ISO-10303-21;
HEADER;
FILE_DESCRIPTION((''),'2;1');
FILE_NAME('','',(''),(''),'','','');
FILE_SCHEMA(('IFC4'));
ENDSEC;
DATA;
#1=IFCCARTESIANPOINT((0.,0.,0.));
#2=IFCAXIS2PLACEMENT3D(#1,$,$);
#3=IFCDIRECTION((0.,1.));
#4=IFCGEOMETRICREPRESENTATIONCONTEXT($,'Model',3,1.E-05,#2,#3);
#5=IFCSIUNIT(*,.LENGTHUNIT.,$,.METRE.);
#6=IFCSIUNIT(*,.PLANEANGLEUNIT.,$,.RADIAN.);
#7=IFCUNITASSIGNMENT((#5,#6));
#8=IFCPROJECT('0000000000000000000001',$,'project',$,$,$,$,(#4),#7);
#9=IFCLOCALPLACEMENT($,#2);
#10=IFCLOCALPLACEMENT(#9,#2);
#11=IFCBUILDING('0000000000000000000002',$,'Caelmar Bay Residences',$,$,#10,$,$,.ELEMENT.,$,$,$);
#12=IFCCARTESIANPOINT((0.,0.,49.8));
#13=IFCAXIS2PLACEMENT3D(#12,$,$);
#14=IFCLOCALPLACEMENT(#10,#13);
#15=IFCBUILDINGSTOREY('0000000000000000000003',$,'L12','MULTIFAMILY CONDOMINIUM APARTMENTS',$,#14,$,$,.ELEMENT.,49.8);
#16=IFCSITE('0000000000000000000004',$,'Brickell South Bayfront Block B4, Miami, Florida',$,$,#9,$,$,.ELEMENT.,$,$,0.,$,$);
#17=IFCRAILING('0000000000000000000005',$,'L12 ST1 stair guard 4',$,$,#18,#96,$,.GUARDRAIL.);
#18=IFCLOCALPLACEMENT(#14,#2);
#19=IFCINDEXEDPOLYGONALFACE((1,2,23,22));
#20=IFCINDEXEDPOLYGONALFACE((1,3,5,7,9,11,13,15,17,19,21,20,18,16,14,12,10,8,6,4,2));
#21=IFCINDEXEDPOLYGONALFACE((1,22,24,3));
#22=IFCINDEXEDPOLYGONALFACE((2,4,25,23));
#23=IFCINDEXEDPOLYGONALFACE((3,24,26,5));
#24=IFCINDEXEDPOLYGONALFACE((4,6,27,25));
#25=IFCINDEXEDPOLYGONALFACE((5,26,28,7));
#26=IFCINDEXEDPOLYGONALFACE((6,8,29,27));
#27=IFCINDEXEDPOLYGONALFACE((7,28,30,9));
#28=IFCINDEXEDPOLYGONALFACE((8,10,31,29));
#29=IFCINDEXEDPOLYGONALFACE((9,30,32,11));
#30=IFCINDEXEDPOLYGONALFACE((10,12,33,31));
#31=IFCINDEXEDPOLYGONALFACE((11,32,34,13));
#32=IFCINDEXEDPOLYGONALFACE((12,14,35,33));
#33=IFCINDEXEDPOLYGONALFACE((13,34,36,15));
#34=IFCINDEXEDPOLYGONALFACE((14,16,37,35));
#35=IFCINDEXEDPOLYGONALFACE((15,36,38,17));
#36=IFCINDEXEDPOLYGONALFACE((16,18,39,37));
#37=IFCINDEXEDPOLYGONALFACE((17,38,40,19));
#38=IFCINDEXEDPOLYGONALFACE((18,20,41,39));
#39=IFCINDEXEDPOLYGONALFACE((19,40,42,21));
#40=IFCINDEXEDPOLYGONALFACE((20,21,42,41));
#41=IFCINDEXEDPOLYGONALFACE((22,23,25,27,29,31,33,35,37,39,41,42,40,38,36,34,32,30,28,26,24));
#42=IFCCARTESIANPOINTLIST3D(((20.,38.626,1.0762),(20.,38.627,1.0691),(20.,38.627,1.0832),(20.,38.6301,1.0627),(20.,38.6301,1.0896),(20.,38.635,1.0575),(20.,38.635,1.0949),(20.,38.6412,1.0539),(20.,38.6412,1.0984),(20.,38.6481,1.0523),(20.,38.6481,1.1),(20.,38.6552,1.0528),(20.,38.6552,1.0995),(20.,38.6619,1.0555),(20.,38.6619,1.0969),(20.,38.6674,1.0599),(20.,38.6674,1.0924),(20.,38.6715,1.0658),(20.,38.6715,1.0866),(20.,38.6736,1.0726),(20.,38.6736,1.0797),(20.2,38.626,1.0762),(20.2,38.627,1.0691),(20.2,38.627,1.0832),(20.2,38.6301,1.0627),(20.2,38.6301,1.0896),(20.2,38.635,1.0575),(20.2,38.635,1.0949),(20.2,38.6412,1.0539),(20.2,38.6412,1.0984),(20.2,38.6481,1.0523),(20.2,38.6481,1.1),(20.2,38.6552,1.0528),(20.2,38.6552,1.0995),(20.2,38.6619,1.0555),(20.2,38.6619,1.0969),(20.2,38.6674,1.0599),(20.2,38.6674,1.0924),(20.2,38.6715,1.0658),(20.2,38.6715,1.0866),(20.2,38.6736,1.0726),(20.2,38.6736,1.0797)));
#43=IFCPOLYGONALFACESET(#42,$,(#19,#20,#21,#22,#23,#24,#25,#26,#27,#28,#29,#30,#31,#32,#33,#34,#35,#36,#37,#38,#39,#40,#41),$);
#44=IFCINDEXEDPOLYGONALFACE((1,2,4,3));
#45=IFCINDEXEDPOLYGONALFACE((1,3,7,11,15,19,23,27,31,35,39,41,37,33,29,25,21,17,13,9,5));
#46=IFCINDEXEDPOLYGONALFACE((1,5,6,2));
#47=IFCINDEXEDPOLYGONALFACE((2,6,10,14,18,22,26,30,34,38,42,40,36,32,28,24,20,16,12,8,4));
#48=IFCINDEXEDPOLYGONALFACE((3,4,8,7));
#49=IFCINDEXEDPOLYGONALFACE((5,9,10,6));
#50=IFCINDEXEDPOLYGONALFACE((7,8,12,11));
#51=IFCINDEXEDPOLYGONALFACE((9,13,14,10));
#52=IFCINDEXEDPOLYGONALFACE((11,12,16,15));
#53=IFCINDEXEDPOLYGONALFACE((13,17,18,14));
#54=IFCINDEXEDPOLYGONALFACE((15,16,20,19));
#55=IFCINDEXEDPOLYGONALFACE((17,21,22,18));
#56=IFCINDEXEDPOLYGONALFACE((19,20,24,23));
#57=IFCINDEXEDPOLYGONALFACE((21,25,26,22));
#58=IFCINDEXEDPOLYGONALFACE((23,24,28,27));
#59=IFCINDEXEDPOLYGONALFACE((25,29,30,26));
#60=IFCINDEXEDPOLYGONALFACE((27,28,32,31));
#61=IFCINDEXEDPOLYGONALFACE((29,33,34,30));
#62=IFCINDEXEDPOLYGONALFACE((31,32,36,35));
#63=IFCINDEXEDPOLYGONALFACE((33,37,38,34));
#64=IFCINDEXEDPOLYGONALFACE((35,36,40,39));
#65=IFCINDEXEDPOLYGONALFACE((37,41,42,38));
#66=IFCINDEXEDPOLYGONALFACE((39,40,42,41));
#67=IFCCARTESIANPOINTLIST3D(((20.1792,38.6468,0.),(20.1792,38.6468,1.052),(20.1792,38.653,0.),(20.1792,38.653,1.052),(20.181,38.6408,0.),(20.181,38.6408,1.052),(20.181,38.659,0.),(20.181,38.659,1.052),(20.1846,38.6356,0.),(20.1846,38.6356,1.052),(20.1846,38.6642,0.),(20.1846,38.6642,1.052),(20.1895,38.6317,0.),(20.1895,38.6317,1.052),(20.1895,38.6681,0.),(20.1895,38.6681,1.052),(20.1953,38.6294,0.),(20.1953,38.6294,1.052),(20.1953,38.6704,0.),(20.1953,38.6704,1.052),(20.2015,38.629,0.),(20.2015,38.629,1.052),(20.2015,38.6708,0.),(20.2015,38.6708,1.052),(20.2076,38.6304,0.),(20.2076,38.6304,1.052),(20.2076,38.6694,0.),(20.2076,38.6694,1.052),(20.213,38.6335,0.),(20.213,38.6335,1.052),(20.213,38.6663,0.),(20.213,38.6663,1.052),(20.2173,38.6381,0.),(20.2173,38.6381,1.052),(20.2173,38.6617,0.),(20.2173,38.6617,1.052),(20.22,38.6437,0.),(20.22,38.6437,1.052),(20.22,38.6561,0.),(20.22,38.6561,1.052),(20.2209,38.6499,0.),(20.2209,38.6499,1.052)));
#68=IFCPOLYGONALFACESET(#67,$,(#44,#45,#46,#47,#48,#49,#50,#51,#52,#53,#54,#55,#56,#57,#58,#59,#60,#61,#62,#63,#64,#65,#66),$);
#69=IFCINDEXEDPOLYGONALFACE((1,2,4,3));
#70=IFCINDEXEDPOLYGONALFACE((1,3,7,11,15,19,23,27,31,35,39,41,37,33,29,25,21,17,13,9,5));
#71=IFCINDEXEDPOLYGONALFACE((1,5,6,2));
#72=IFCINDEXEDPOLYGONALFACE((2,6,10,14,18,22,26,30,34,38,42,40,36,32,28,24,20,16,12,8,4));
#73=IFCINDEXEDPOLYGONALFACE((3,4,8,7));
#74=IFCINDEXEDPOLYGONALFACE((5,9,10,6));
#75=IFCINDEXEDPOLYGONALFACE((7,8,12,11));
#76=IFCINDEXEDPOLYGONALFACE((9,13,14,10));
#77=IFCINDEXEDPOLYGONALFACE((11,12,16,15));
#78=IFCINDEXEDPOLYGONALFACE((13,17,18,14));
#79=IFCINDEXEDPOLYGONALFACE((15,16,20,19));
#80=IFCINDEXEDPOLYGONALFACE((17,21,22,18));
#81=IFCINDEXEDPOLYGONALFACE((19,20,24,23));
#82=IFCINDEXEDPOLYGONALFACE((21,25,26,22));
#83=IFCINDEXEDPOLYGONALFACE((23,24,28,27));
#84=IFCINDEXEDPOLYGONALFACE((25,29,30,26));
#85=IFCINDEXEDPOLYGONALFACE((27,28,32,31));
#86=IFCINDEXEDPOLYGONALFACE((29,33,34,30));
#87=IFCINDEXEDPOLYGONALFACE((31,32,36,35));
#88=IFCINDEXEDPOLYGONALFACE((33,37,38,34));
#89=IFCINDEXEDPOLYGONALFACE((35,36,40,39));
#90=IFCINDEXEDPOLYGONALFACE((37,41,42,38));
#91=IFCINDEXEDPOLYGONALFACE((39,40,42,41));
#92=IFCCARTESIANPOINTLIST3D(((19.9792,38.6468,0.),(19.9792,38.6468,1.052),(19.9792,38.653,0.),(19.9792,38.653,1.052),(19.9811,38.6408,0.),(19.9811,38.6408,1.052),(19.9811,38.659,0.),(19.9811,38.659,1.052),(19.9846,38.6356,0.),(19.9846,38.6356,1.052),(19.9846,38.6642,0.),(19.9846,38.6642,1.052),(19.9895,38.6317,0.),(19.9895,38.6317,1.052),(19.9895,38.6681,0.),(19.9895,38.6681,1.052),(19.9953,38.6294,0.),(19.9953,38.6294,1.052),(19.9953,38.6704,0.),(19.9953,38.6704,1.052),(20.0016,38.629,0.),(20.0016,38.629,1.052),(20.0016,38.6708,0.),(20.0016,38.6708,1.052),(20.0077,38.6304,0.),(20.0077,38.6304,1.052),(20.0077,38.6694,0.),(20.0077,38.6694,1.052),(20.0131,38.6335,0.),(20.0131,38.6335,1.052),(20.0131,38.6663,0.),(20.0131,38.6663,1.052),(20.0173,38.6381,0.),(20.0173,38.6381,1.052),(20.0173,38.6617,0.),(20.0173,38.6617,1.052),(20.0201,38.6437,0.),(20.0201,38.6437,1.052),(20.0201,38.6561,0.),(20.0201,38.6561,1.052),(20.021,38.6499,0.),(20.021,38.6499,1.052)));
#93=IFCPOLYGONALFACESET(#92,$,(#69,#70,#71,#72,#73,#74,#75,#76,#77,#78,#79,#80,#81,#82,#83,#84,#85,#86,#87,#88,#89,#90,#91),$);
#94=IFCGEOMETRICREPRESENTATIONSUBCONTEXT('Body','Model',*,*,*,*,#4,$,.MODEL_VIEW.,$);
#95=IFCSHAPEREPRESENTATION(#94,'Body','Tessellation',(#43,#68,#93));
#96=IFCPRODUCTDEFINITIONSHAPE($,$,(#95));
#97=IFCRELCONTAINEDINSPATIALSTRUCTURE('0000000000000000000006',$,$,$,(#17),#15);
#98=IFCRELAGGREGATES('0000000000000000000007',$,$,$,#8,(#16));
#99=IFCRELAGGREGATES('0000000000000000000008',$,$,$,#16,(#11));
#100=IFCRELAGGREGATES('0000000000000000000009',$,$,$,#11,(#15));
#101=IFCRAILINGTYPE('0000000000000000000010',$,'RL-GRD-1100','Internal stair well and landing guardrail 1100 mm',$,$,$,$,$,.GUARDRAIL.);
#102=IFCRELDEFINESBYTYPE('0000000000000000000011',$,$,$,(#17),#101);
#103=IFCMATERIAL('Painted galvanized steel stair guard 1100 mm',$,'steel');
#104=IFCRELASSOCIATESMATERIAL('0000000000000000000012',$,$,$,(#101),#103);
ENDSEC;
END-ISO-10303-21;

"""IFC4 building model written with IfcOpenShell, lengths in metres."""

from ifc_helpers import new_model, si_unit, direction, frame, origin, origin_2d, place, context, subcontext, project, spatial, circle, extrude, material, type_object, element, save


model = new_model("IFC4")

# Units and contexts
model_context = context("Model", 3, precision=1e-05, world=origin(), true_north=direction((0.0, 1.0)))
body_context = subcontext(model_context, "Body", "Model", "MODEL_VIEW")
ifc_project = project(units=[si_unit("LENGTHUNIT", "METRE"), si_unit("PLANEANGLEUNIT", "RADIAN")], contexts=[model_context])

# Site, building, storey
site_placement = place(None, origin())
site = spatial("IfcSite", under=ifc_project, at=site_placement, Name="Brickell South Bayfront Block B4, Miami, Florida", CompositionType="ELEMENT", RefElevation=0.0)
building_placement = place(site_placement, origin())
building = spatial("IfcBuilding", under=site, at=building_placement, Name="Caelmar Bay Residences", CompositionType="ELEMENT")
storey_placement = place(building_placement, frame((0.0, 0.0, 49.8)))
storey = spatial("IfcBuildingStorey", under=building, at=storey_placement, Name="L12", Description="MULTIFAMILY CONDOMINIUM APARTMENTS", CompositionType="ELEMENT", Elevation=49.8)

# Railing
ifc_material_1 = material(Name="Painted galvanized steel stair guard 1100 mm", Category="steel")
railing_type_1 = type_object("IfcRailingType", Name="RL-GRD-1100", Description="Internal stair well and landing guardrail 1100 mm", PredefinedType="GUARDRAIL", material=ifc_material_1)
railing_1_placement = place(storey_placement, frame((20.2, 38.6499, 0.0)))
element("IfcRailing", 1, at=railing_1_placement, inside=storey, type_object=railing_type_1, Name="L12 ST1 stair guard 4", PredefinedType="GUARDRAIL", context=body_context, shape_type="SweptSolid", body=[
    extrude(circle(Radius=0.0239, at=origin_2d()), frame((0.0, 0.0, 1.0762), z_axis=(-1.0, 0.0, 0.0), x_axis=(0.0, -1.0, 0.0)), (0.0, 0.0, 1.0), 0.2),
    extrude(circle(Radius=0.021, at=origin_2d()), origin(), (0.0, 0.0, 1.0), 1.052),
    extrude(circle(Radius=0.021, at=origin_2d()), frame((-0.2, 0.0, 0.0)), (0.0, 0.0, 1.0), 1.052),
])

save(model, "model.ifc")
